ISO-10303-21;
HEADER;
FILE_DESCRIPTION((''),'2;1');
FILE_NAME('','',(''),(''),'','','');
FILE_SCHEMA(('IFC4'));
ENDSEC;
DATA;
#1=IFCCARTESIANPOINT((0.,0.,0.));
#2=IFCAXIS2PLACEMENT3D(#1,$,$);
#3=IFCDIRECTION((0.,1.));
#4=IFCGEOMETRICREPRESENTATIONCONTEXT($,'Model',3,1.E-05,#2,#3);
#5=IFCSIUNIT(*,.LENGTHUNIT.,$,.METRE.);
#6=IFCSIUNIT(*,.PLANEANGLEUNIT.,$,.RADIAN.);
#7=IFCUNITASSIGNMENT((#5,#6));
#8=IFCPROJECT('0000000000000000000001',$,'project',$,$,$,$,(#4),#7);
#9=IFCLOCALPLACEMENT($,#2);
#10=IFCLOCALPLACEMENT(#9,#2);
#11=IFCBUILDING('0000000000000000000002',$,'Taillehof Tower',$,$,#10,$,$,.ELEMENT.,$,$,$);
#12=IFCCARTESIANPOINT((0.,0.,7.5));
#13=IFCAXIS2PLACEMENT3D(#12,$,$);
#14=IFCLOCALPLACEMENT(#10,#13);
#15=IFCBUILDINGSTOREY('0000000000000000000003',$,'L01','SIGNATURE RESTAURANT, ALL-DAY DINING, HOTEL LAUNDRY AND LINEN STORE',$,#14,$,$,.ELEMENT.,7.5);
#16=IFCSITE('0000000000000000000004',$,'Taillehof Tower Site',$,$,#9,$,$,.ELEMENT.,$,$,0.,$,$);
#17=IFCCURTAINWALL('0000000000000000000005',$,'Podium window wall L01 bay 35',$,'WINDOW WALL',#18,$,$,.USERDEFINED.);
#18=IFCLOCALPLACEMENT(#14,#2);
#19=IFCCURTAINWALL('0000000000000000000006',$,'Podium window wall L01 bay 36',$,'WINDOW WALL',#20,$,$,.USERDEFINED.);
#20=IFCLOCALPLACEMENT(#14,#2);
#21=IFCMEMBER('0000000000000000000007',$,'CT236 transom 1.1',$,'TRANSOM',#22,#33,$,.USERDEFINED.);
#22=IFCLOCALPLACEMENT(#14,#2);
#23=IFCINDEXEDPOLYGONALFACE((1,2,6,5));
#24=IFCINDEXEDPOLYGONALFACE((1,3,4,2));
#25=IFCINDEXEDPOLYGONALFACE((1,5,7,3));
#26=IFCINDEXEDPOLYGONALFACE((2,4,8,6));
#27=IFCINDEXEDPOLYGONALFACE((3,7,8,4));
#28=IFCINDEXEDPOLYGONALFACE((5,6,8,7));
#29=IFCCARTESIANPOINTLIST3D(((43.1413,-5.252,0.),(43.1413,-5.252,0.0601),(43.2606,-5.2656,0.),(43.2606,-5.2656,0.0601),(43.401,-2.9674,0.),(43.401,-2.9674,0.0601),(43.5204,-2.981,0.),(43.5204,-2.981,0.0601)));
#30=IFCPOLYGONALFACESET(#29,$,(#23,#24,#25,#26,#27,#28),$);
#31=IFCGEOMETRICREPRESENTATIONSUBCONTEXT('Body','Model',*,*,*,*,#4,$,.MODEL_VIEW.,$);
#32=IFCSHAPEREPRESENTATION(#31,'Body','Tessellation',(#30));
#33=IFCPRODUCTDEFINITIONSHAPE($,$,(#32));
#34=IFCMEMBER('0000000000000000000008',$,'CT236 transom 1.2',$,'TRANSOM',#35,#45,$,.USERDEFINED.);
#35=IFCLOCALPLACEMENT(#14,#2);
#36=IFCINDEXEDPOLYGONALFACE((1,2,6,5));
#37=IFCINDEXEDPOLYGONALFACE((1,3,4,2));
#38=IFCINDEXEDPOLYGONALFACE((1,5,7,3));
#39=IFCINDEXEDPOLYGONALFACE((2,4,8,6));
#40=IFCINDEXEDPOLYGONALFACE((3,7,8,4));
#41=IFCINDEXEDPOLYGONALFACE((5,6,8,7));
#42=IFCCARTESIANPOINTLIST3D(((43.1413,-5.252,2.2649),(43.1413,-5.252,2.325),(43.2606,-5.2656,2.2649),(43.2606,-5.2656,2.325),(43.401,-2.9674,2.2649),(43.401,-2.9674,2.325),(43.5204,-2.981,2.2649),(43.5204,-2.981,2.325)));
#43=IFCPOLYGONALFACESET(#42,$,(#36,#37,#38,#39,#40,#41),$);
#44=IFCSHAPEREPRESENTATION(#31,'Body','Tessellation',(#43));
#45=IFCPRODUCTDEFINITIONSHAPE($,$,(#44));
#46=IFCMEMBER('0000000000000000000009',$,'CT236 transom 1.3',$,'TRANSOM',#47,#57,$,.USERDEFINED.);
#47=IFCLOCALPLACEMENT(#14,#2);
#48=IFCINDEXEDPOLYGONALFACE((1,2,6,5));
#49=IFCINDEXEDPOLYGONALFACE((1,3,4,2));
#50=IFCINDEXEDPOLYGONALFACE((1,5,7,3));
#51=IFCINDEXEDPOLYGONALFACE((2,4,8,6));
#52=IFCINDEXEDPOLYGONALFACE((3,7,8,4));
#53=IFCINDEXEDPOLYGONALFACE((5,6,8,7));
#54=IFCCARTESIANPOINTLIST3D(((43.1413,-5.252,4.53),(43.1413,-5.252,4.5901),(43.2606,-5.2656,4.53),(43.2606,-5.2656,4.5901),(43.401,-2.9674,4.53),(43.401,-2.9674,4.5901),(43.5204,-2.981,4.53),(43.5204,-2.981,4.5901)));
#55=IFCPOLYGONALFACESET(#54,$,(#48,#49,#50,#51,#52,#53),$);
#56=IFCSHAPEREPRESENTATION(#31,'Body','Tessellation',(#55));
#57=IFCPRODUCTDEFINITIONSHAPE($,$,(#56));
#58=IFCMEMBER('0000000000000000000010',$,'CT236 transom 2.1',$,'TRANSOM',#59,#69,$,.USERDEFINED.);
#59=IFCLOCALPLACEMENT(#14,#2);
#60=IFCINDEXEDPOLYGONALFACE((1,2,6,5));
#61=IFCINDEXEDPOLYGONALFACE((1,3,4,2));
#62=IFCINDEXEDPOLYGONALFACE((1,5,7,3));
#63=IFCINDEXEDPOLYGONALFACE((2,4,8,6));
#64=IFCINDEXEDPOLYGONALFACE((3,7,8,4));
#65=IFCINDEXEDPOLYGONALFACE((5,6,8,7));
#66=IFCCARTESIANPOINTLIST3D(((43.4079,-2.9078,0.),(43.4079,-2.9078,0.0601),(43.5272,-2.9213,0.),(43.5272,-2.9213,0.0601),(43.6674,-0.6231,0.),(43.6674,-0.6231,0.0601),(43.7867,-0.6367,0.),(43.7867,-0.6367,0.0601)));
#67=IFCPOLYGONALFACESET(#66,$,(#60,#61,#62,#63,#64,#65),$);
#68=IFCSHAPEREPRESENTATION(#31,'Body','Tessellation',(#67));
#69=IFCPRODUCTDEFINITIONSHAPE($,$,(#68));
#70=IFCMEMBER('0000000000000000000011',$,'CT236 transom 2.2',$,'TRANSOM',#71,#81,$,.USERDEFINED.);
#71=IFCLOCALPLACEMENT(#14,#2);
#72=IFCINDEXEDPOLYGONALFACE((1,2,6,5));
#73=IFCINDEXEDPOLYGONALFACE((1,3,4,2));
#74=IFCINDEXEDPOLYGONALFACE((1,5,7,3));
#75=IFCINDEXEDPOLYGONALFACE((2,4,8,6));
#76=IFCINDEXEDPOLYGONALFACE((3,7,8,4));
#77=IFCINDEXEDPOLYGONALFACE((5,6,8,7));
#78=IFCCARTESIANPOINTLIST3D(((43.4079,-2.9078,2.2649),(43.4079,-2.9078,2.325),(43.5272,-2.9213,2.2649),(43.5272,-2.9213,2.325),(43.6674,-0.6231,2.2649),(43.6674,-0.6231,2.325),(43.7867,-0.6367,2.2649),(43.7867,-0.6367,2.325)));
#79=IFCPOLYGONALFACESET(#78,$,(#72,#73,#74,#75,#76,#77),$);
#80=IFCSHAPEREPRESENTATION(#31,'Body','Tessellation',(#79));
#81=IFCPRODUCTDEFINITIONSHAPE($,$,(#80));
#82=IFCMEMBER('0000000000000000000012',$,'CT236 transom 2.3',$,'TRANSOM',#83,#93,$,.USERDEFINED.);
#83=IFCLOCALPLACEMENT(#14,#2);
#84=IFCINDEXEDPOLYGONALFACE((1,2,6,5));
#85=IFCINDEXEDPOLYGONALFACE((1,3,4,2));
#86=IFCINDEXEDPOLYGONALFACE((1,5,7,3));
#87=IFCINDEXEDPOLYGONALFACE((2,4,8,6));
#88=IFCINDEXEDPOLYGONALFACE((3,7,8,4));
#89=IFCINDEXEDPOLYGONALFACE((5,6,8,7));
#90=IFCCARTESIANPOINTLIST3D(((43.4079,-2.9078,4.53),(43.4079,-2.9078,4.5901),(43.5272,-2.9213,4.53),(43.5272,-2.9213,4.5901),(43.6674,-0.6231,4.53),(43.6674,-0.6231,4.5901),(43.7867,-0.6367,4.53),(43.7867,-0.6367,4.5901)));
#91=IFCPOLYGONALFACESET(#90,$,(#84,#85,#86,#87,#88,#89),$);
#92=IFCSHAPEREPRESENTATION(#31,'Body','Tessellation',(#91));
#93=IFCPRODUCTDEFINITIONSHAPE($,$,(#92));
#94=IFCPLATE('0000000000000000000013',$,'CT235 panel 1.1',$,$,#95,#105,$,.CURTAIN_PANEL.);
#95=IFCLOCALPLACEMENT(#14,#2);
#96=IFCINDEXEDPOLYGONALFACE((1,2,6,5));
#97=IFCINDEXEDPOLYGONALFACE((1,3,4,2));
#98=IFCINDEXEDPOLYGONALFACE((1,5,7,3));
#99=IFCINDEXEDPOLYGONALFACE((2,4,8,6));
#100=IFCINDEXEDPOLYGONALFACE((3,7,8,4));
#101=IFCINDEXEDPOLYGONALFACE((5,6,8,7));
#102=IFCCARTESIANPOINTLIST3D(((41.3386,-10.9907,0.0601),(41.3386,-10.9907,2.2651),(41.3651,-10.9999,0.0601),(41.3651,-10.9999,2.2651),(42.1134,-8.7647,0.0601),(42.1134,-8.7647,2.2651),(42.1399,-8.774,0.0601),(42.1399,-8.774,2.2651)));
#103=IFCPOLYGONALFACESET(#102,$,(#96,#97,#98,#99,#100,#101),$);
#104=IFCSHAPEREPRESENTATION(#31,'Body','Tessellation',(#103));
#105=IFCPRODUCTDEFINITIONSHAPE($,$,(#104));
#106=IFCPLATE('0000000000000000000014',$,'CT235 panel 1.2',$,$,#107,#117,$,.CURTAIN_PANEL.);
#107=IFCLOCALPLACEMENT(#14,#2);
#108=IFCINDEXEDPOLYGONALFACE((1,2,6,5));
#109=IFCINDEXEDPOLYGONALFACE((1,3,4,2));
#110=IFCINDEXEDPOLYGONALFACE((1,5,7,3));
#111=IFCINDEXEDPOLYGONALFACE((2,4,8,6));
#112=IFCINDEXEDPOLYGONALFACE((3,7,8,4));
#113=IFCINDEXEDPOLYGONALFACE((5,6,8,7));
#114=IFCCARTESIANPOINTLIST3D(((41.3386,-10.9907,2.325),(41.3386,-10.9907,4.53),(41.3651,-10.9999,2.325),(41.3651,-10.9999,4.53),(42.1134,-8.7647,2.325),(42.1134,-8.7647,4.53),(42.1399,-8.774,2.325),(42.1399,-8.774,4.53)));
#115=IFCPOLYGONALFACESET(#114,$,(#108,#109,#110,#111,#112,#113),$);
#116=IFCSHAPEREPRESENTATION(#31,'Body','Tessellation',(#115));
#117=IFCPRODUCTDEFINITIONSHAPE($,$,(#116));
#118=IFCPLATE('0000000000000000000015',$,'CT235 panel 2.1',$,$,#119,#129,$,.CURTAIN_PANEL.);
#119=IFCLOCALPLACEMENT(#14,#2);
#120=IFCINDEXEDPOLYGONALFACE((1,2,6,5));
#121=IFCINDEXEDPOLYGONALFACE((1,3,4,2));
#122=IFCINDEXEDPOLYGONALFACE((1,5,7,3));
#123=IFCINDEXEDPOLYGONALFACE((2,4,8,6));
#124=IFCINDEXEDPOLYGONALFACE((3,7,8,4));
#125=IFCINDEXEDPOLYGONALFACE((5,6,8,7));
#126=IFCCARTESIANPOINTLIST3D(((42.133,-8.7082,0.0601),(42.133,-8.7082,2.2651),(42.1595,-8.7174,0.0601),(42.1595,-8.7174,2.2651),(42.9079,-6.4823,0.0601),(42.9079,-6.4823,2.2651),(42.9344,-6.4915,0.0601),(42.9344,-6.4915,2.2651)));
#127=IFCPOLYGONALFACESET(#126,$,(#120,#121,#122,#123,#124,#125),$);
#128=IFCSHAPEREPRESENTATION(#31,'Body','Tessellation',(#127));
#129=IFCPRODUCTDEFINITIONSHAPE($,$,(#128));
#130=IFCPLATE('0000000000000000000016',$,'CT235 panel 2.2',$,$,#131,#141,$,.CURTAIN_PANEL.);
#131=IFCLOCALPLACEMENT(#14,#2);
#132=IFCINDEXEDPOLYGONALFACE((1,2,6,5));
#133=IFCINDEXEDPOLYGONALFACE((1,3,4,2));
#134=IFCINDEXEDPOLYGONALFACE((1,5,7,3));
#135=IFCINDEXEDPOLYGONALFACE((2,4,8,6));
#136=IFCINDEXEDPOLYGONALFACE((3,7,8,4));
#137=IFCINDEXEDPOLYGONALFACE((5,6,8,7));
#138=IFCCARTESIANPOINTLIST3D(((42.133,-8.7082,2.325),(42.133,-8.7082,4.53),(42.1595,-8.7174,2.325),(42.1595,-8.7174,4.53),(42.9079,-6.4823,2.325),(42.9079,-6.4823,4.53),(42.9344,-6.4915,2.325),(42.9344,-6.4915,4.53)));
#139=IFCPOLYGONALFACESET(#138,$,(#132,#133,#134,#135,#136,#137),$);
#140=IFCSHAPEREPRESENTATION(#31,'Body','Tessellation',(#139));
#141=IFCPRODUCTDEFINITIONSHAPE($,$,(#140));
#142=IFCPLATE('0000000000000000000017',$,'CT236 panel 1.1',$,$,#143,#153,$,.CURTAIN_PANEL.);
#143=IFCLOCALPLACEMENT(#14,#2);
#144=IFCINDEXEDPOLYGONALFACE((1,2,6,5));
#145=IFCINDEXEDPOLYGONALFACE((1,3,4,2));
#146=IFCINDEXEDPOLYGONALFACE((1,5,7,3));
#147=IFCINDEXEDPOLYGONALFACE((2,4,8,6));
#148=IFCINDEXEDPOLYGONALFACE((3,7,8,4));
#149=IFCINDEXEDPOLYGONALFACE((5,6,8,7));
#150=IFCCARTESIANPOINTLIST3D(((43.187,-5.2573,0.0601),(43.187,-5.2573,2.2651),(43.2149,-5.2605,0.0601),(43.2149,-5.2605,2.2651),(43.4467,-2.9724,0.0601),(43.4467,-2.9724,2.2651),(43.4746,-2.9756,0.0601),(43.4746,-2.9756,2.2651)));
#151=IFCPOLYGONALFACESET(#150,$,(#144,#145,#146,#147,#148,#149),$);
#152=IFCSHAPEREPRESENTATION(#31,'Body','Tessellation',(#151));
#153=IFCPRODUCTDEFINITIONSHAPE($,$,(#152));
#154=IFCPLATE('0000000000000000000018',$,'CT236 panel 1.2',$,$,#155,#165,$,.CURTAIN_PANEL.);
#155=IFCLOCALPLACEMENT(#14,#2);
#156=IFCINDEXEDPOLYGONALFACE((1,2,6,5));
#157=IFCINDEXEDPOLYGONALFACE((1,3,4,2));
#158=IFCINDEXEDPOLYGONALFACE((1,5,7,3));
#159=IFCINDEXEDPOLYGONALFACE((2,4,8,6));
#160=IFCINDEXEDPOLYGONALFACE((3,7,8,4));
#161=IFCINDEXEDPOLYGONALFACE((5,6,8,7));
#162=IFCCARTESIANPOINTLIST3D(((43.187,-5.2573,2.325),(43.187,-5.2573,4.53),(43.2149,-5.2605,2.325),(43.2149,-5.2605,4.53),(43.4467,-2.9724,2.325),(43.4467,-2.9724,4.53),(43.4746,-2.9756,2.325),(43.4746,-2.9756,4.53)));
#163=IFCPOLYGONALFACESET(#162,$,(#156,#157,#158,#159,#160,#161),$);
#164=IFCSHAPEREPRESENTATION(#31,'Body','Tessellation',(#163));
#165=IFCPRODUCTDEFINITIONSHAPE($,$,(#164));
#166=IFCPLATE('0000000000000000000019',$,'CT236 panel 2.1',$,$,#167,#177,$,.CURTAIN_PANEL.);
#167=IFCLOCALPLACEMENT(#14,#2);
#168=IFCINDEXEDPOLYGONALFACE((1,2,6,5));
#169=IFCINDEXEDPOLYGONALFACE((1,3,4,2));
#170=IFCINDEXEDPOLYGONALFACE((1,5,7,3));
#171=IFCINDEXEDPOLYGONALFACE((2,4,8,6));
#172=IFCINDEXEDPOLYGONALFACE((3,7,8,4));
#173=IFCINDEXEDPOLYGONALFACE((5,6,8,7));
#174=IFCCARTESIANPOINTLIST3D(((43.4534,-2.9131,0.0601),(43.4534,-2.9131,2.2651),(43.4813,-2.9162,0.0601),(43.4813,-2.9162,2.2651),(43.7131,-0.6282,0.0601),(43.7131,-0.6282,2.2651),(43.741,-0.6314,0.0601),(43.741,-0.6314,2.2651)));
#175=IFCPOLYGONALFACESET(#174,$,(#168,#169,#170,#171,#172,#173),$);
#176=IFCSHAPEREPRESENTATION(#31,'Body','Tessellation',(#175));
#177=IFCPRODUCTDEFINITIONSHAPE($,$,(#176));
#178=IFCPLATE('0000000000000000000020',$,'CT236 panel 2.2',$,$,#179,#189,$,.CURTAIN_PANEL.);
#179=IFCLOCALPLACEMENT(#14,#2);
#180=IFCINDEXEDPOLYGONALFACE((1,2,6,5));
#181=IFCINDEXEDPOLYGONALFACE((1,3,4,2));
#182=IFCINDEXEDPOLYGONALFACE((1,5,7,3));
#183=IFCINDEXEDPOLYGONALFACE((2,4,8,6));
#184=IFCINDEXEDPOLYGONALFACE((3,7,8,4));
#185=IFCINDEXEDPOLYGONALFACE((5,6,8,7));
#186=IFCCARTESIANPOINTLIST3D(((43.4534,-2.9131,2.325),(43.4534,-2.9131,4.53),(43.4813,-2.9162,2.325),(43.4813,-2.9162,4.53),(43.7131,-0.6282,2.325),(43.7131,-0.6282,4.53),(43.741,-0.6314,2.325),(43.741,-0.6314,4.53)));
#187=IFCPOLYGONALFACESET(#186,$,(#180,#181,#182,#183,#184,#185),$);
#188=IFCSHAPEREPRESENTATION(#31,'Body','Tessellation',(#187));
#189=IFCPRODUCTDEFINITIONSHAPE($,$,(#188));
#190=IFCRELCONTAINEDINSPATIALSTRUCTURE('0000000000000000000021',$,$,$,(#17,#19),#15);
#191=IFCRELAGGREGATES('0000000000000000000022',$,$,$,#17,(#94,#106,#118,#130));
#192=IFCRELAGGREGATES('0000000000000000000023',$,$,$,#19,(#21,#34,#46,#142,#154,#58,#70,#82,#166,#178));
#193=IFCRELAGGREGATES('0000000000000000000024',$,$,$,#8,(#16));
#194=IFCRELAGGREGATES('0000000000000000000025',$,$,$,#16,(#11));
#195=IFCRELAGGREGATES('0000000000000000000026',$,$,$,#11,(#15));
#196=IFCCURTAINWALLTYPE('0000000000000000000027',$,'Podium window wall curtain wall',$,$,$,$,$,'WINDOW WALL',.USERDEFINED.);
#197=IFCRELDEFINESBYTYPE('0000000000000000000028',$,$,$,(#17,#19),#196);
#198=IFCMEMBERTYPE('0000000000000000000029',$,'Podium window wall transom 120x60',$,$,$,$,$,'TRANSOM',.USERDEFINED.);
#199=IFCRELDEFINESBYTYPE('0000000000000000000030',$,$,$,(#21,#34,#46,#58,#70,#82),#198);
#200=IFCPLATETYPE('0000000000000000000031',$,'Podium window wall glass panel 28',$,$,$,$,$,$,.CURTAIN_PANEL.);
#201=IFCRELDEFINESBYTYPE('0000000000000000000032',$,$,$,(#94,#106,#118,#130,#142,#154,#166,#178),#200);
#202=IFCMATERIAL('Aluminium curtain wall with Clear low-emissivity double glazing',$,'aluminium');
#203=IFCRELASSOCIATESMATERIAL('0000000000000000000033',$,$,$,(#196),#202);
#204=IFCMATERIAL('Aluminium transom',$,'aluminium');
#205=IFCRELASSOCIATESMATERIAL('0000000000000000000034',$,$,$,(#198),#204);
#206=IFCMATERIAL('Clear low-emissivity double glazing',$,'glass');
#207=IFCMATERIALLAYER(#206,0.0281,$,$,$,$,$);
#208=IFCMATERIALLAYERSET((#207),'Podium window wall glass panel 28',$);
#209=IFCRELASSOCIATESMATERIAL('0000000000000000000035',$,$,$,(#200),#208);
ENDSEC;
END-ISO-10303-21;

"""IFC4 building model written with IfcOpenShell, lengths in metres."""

from ifc_helpers import new_model, si_unit, direction, frame, origin, origin_2d, place, context, subcontext, project, spatial, rectangle, extrude, material, layer, layer_set, material_profile, profile_set, type_object, element, aggregate, save


model = new_model("IFC4")

# Units and contexts
model_context = context("Model", 3, precision=1e-05, world=origin(), true_north=direction((0.0, 1.0)))
body_context = subcontext(model_context, "Body", "Model", "MODEL_VIEW")
ifc_project = project(units=[si_unit("LENGTHUNIT", "METRE"), si_unit("PLANEANGLEUNIT", "RADIAN")], contexts=[model_context])

# Site, building, storey
site_placement = place(None, origin())
site = spatial("IfcSite", under=ifc_project, at=site_placement, Name="Taillehof Tower Site", CompositionType="ELEMENT", RefElevation=0.0)
building_placement = place(site_placement, origin())
building = spatial("IfcBuilding", under=site, at=building_placement, Name="Taillehof Tower", CompositionType="ELEMENT")
storey_placement = place(building_placement, frame((0.0, 0.0, 7.5)))
storey = spatial("IfcBuildingStorey", under=building, at=storey_placement, Name="L01", Description="SIGNATURE RESTAURANT, ALL-DAY DINING, HOTEL LAUNDRY AND LINEN STORE", CompositionType="ELEMENT", Elevation=7.5)

# Curtain walls
ifc_material_1 = material(Name="Aluminium curtain wall with Clear low-emissivity double glazing", Category="aluminium")
curtain_wall_type = type_object("IfcCurtainWallType", Name="Podium window wall curtain wall", ElementType="WINDOW WALL", PredefinedType="USERDEFINED", material=ifc_material_1)
curtain_wall_1_placement = place(storey_placement, origin())
curtain_wall_1 = element("IfcCurtainWall", 1, at=curtain_wall_1_placement, inside=storey, type_object=curtain_wall_type, Name="Podium window wall L01 bay 35", ObjectType="WINDOW WALL", PredefinedType="USERDEFINED")
curtain_wall_2_placement = place(storey_placement, origin())
curtain_wall_2 = element("IfcCurtainWall", 2, at=curtain_wall_2_placement, inside=storey, type_object=curtain_wall_type, Name="Podium window wall L01 bay 36", ObjectType="WINDOW WALL", PredefinedType="USERDEFINED")

# Members
ifc_material_2 = material(Name="Aluminium transom", Category="aluminium")
ifc_material_profile_1 = material_profile(ifc_material_2, rectangle(XDim=0.1201, YDim=0.0601, at=origin_2d()), Name="AL 120x60")
ifc_profile_set_1 = profile_set([ifc_material_profile_1], Name="Aluminium transom")
member_type_1 = type_object("IfcMemberType", Name="Podium window wall transom 120x60", ElementType="TRANSOM", PredefinedType="USERDEFINED", material=ifc_profile_set_1)
member_1_placement = place(storey_placement, frame((43.2009, -5.2588, 0.03), z_axis=(0.112972, 0.993598, 0.0), x_axis=(-0.993598, 0.112972, 0.0)))
member_1 = element("IfcMember", 3, at=member_1_placement, type_object=member_type_1, Name="CT236 transom 1.1", ObjectType="TRANSOM", PredefinedType="USERDEFINED", context=body_context, shape_type="SweptSolid", body=[
    extrude(rectangle(XDim=0.1201, YDim=0.0601, at=origin_2d()), origin(), (0.0, 0.0, 1.0), 2.2993),
])
member_2_placement = place(storey_placement, frame((43.2009, -5.2588, 2.2949), z_axis=(0.112972, 0.993598, 0.0), x_axis=(-0.993598, 0.112972, 0.0)))
member_2 = element("IfcMember", 4, at=member_2_placement, type_object=member_type_1, Name="CT236 transom 1.2", ObjectType="TRANSOM", PredefinedType="USERDEFINED", context=body_context, shape_type="SweptSolid", body=[
    extrude(rectangle(XDim=0.1201, YDim=0.0601, at=origin_2d()), origin(), (0.0, 0.0, 1.0), 2.2993),
])
member_3_placement = place(storey_placement, frame((43.2009, -5.2588, 4.5601), z_axis=(0.112972, 0.993598, 0.0), x_axis=(-0.993598, 0.112972, 0.0)))
member_3 = element("IfcMember", 5, at=member_3_placement, type_object=member_type_1, Name="CT236 transom 1.3", ObjectType="TRANSOM", PredefinedType="USERDEFINED", context=body_context, shape_type="SweptSolid", body=[
    extrude(rectangle(XDim=0.1201, YDim=0.0601, at=origin_2d()), origin(), (0.0, 0.0, 1.0), 2.2993),
])
member_4_placement = place(storey_placement, frame((43.4675, -2.9146, 0.03), z_axis=(0.112867, 0.99361, 0.0), x_axis=(-0.99361, 0.112867, 0.0)))
member_4 = element("IfcMember", 6, at=member_4_placement, type_object=member_type_1, Name="CT236 transom 2.1", ObjectType="TRANSOM", PredefinedType="USERDEFINED", context=body_context, shape_type="SweptSolid", body=[
    extrude(rectangle(XDim=0.1201, YDim=0.0601, at=origin_2d()), origin(), (0.0, 0.0, 1.0), 2.2993),
])
member_5_placement = place(storey_placement, frame((43.4675, -2.9146, 2.2949), z_axis=(0.112867, 0.99361, 0.0), x_axis=(-0.99361, 0.112867, 0.0)))
member_5 = element("IfcMember", 7, at=member_5_placement, type_object=member_type_1, Name="CT236 transom 2.2", ObjectType="TRANSOM", PredefinedType="USERDEFINED", context=body_context, shape_type="SweptSolid", body=[
    extrude(rectangle(XDim=0.1201, YDim=0.0601, at=origin_2d()), origin(), (0.0, 0.0, 1.0), 2.2993),
])
member_6_placement = place(storey_placement, frame((43.4675, -2.9146, 4.5601), z_axis=(0.112867, 0.99361, 0.0), x_axis=(-0.99361, 0.112867, 0.0)))
member_6 = element("IfcMember", 8, at=member_6_placement, type_object=member_type_1, Name="CT236 transom 2.3", ObjectType="TRANSOM", PredefinedType="USERDEFINED", context=body_context, shape_type="SweptSolid", body=[
    extrude(rectangle(XDim=0.1201, YDim=0.0601, at=origin_2d()), origin(), (0.0, 0.0, 1.0), 2.2993),
])

# Plates
ifc_material_3 = material(Name="Clear low-emissivity double glazing", Category="glass")
ifc_layer = layer(ifc_material_3, 0.0281)
ifc_layer_set = layer_set([ifc_layer], Name="Podium window wall glass panel 28")
plate_type = type_object("IfcPlateType", Name="Podium window wall glass panel 28", PredefinedType="CURTAIN_PANEL", material=ifc_layer_set)
plate_1_placement = place(storey_placement, frame((41.7393, -9.8823, 0.0601), z_axis=(0.0, 0.0, 1.0), x_axis=(0.328758, 0.944414, 0.0)))
plate_1 = element("IfcPlate", 9, at=plate_1_placement, type_object=plate_type, Name="CT235 panel 1.1", PredefinedType="CURTAIN_PANEL", context=body_context, shape_type="SweptSolid", body=[
    extrude(rectangle(XDim=2.3569, YDim=0.0281, at=origin_2d()), origin(), (0.0, 0.0, 1.0), 2.2051),
])
plate_2_placement = place(storey_placement, frame((41.7393, -9.8823, 2.325), z_axis=(0.0, 0.0, 1.0), x_axis=(0.328758, 0.944414, 0.0)))
plate_2 = element("IfcPlate", 10, at=plate_2_placement, type_object=plate_type, Name="CT235 panel 1.2", PredefinedType="CURTAIN_PANEL", context=body_context, shape_type="SweptSolid", body=[
    extrude(rectangle(XDim=2.3569, YDim=0.0281, at=origin_2d()), origin(), (0.0, 0.0, 1.0), 2.2051),
])
plate_3_placement = place(storey_placement, frame((42.5337, -7.5999, 0.0601), z_axis=(0.0, 0.0, 1.0), x_axis=(0.328758, 0.944414, 0.0)))
plate_3 = element("IfcPlate", 11, at=plate_3_placement, type_object=plate_type, Name="CT235 panel 2.1", PredefinedType="CURTAIN_PANEL", context=body_context, shape_type="SweptSolid", body=[
    extrude(rectangle(XDim=2.3569, YDim=0.0281, at=origin_2d()), origin(), (0.0, 0.0, 1.0), 2.2051),
])
plate_4_placement = place(storey_placement, frame((42.5337, -7.5999, 2.325), z_axis=(0.0, 0.0, 1.0), x_axis=(0.328758, 0.944414, 0.0)))
plate_4 = element("IfcPlate", 12, at=plate_4_placement, type_object=plate_type, Name="CT235 panel 2.2", PredefinedType="CURTAIN_PANEL", context=body_context, shape_type="SweptSolid", body=[
    extrude(rectangle(XDim=2.3569, YDim=0.0281, at=origin_2d()), origin(), (0.0, 0.0, 1.0), 2.2051),
])
aggregate(curtain_wall_1, [plate_1, plate_2, plate_3, plate_4])
plate_5_placement = place(storey_placement, frame((43.3308, -4.1165, 0.0601), z_axis=(0.0, 0.0, 1.0), x_axis=(0.112932, 0.993603, 0.0)))
plate_5 = element("IfcPlate", 13, at=plate_5_placement, type_object=plate_type, Name="CT236 panel 1.1", PredefinedType="CURTAIN_PANEL", context=body_context, shape_type="SweptSolid", body=[
    extrude(rectangle(XDim=2.2996, YDim=0.0281, at=origin_2d()), origin(), (0.0, 0.0, 1.0), 2.2051),
])
plate_6_placement = place(storey_placement, frame((43.3308, -4.1165, 2.325), z_axis=(0.0, 0.0, 1.0), x_axis=(0.112932, 0.993603, 0.0)))
plate_6 = element("IfcPlate", 14, at=plate_6_placement, type_object=plate_type, Name="CT236 panel 1.2", PredefinedType="CURTAIN_PANEL", context=body_context, shape_type="SweptSolid", body=[
    extrude(rectangle(XDim=2.2996, YDim=0.0281, at=origin_2d()), origin(), (0.0, 0.0, 1.0), 2.2051),
])
plate_7_placement = place(storey_placement, frame((43.5972, -1.7722, 0.0601), z_axis=(0.0, 0.0, 1.0), x_axis=(0.112932, 0.993603, 0.0)))
plate_7 = element("IfcPlate", 15, at=plate_7_placement, type_object=plate_type, Name="CT236 panel 2.1", PredefinedType="CURTAIN_PANEL", context=body_context, shape_type="SweptSolid", body=[
    extrude(rectangle(XDim=2.2996, YDim=0.0281, at=origin_2d()), origin(), (0.0, 0.0, 1.0), 2.2051),
])
plate_8_placement = place(storey_placement, frame((43.5972, -1.7722, 2.325), z_axis=(0.0, 0.0, 1.0), x_axis=(0.112932, 0.993603, 0.0)))
plate_8 = element("IfcPlate", 16, at=plate_8_placement, type_object=plate_type, Name="CT236 panel 2.2", PredefinedType="CURTAIN_PANEL", context=body_context, shape_type="SweptSolid", body=[
    extrude(rectangle(XDim=2.2996, YDim=0.0281, at=origin_2d()), origin(), (0.0, 0.0, 1.0), 2.2051),
])
aggregate(curtain_wall_2, [member_1, member_2, member_3, plate_5, plate_6, member_4, member_5, member_6, plate_7, plate_8])

save(model, "model.ifc")
